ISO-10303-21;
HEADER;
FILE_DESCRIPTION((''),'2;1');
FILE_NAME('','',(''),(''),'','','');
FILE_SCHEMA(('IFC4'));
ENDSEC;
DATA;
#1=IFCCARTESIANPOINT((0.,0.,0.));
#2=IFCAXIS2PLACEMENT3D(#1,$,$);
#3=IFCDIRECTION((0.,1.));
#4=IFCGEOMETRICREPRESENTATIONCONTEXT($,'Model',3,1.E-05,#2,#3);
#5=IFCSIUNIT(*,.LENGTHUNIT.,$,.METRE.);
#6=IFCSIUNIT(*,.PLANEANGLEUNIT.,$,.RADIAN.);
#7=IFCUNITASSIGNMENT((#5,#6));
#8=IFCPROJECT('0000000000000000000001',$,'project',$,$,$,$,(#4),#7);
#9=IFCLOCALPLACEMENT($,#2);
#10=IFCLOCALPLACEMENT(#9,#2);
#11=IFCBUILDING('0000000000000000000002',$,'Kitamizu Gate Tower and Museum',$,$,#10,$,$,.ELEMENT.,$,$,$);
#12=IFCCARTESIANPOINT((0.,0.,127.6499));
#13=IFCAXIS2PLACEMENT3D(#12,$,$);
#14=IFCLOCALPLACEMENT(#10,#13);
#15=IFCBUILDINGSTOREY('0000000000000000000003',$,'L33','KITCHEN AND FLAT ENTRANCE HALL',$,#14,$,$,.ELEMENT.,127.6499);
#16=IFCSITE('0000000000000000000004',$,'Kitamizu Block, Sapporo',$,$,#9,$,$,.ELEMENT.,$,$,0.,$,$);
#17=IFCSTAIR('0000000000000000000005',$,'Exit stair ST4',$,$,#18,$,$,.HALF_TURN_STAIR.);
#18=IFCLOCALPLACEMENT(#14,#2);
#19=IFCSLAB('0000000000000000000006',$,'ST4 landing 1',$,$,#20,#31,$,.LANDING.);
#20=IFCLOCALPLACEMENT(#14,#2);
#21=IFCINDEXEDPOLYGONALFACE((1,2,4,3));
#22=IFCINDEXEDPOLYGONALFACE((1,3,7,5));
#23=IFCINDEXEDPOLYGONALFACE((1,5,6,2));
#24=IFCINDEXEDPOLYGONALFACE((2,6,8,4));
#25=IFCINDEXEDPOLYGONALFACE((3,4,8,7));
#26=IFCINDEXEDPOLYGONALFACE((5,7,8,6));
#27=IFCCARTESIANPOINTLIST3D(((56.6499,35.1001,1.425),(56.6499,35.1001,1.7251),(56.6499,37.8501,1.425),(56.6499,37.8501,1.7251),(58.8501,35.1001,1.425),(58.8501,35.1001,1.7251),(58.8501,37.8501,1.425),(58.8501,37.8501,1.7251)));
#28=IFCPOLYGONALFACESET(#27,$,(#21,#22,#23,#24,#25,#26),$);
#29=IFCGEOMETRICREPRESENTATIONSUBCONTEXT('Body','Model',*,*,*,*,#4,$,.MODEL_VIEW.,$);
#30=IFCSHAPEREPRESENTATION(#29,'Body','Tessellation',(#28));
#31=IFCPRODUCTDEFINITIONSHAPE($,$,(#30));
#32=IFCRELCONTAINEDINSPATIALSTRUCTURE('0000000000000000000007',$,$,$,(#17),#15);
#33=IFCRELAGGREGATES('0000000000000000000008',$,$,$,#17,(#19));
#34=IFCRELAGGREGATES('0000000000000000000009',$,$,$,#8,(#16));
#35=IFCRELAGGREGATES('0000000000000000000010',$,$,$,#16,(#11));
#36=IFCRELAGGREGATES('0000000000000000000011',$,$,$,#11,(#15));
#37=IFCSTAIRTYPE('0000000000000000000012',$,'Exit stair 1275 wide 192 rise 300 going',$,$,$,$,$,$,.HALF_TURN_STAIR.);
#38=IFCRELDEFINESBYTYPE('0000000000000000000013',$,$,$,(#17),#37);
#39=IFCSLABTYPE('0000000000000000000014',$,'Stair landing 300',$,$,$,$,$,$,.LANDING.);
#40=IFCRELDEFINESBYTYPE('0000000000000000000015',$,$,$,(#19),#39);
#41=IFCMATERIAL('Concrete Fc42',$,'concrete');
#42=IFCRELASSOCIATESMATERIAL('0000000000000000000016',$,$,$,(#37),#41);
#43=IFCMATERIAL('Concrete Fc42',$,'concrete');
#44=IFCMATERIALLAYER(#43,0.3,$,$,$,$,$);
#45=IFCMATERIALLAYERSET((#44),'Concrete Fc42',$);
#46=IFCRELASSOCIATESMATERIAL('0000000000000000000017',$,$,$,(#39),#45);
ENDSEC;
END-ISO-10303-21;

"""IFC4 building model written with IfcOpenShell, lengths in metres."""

from ifc_helpers import new_model, si_unit, direction, frame, origin, place, context, subcontext, project, spatial, polyline, outline, extrude, material, layer, layer_set, type_object, element, aggregate, save


model = new_model("IFC4")

# Units and contexts
model_context = context("Model", 3, precision=1e-05, world=origin(), true_north=direction((0.0, 1.0)))
body_context = subcontext(model_context, "Body", "Model", "MODEL_VIEW")
ifc_project = project(units=[si_unit("LENGTHUNIT", "METRE"), si_unit("PLANEANGLEUNIT", "RADIAN")], contexts=[model_context])

# Site, building, storey
site_placement = place(None, origin())
site = spatial("IfcSite", under=ifc_project, at=site_placement, Name="Kitamizu Block, Sapporo", CompositionType="ELEMENT", RefElevation=0.0)
building_placement = place(site_placement, origin())
building = spatial("IfcBuilding", under=site, at=building_placement, Name="Kitamizu Gate Tower and Museum", CompositionType="ELEMENT")
storey_placement = place(building_placement, frame((0.0, 0.0, 127.6499)))
storey = spatial("IfcBuildingStorey", under=building, at=storey_placement, Name="L33", Description="KITCHEN AND FLAT ENTRANCE HALL", CompositionType="ELEMENT", Elevation=127.6499)

# Stair, slab
ifc_material_1 = material(Name="Concrete Fc42", Category="concrete")
stair_type = type_object("IfcStairType", Name="Exit stair 1275 wide 192 rise 300 going", PredefinedType="HALF_TURN_STAIR", material=ifc_material_1)
ifc_material_2 = material(Name="Concrete Fc42", Category="concrete")
ifc_layer_1 = layer(ifc_material_2, 0.3)
ifc_layer_set_1 = layer_set([ifc_layer_1], Name="Concrete Fc42")
slab_type_1 = type_object("IfcSlabType", Name="Stair landing 300", PredefinedType="LANDING", material=ifc_layer_set_1)
stair_1_placement = place(storey_placement, origin())
stair_1 = element("IfcStair", 1, at=stair_1_placement, inside=storey, type_object=stair_type, Name="Exit stair ST4", PredefinedType="HALF_TURN_STAIR")
slab_1_placement = place(storey_placement, frame((0.0, 0.0, 1.425)))
slab_1 = element("IfcSlab", 2, at=slab_1_placement, type_object=slab_type_1, Name="ST4 landing 1", PredefinedType="LANDING", context=body_context, shape_type="SweptSolid", body=[
    extrude(outline(polyline([(56.6499, 35.1001), (58.8501, 35.1001), (58.8501, 37.8501), (56.6499, 37.8501), (56.6499, 35.1001)])), origin(), (0.0, 0.0, 1.0), 0.3),
])
aggregate(stair_1, [slab_1])

save(model, "model.ifc")
